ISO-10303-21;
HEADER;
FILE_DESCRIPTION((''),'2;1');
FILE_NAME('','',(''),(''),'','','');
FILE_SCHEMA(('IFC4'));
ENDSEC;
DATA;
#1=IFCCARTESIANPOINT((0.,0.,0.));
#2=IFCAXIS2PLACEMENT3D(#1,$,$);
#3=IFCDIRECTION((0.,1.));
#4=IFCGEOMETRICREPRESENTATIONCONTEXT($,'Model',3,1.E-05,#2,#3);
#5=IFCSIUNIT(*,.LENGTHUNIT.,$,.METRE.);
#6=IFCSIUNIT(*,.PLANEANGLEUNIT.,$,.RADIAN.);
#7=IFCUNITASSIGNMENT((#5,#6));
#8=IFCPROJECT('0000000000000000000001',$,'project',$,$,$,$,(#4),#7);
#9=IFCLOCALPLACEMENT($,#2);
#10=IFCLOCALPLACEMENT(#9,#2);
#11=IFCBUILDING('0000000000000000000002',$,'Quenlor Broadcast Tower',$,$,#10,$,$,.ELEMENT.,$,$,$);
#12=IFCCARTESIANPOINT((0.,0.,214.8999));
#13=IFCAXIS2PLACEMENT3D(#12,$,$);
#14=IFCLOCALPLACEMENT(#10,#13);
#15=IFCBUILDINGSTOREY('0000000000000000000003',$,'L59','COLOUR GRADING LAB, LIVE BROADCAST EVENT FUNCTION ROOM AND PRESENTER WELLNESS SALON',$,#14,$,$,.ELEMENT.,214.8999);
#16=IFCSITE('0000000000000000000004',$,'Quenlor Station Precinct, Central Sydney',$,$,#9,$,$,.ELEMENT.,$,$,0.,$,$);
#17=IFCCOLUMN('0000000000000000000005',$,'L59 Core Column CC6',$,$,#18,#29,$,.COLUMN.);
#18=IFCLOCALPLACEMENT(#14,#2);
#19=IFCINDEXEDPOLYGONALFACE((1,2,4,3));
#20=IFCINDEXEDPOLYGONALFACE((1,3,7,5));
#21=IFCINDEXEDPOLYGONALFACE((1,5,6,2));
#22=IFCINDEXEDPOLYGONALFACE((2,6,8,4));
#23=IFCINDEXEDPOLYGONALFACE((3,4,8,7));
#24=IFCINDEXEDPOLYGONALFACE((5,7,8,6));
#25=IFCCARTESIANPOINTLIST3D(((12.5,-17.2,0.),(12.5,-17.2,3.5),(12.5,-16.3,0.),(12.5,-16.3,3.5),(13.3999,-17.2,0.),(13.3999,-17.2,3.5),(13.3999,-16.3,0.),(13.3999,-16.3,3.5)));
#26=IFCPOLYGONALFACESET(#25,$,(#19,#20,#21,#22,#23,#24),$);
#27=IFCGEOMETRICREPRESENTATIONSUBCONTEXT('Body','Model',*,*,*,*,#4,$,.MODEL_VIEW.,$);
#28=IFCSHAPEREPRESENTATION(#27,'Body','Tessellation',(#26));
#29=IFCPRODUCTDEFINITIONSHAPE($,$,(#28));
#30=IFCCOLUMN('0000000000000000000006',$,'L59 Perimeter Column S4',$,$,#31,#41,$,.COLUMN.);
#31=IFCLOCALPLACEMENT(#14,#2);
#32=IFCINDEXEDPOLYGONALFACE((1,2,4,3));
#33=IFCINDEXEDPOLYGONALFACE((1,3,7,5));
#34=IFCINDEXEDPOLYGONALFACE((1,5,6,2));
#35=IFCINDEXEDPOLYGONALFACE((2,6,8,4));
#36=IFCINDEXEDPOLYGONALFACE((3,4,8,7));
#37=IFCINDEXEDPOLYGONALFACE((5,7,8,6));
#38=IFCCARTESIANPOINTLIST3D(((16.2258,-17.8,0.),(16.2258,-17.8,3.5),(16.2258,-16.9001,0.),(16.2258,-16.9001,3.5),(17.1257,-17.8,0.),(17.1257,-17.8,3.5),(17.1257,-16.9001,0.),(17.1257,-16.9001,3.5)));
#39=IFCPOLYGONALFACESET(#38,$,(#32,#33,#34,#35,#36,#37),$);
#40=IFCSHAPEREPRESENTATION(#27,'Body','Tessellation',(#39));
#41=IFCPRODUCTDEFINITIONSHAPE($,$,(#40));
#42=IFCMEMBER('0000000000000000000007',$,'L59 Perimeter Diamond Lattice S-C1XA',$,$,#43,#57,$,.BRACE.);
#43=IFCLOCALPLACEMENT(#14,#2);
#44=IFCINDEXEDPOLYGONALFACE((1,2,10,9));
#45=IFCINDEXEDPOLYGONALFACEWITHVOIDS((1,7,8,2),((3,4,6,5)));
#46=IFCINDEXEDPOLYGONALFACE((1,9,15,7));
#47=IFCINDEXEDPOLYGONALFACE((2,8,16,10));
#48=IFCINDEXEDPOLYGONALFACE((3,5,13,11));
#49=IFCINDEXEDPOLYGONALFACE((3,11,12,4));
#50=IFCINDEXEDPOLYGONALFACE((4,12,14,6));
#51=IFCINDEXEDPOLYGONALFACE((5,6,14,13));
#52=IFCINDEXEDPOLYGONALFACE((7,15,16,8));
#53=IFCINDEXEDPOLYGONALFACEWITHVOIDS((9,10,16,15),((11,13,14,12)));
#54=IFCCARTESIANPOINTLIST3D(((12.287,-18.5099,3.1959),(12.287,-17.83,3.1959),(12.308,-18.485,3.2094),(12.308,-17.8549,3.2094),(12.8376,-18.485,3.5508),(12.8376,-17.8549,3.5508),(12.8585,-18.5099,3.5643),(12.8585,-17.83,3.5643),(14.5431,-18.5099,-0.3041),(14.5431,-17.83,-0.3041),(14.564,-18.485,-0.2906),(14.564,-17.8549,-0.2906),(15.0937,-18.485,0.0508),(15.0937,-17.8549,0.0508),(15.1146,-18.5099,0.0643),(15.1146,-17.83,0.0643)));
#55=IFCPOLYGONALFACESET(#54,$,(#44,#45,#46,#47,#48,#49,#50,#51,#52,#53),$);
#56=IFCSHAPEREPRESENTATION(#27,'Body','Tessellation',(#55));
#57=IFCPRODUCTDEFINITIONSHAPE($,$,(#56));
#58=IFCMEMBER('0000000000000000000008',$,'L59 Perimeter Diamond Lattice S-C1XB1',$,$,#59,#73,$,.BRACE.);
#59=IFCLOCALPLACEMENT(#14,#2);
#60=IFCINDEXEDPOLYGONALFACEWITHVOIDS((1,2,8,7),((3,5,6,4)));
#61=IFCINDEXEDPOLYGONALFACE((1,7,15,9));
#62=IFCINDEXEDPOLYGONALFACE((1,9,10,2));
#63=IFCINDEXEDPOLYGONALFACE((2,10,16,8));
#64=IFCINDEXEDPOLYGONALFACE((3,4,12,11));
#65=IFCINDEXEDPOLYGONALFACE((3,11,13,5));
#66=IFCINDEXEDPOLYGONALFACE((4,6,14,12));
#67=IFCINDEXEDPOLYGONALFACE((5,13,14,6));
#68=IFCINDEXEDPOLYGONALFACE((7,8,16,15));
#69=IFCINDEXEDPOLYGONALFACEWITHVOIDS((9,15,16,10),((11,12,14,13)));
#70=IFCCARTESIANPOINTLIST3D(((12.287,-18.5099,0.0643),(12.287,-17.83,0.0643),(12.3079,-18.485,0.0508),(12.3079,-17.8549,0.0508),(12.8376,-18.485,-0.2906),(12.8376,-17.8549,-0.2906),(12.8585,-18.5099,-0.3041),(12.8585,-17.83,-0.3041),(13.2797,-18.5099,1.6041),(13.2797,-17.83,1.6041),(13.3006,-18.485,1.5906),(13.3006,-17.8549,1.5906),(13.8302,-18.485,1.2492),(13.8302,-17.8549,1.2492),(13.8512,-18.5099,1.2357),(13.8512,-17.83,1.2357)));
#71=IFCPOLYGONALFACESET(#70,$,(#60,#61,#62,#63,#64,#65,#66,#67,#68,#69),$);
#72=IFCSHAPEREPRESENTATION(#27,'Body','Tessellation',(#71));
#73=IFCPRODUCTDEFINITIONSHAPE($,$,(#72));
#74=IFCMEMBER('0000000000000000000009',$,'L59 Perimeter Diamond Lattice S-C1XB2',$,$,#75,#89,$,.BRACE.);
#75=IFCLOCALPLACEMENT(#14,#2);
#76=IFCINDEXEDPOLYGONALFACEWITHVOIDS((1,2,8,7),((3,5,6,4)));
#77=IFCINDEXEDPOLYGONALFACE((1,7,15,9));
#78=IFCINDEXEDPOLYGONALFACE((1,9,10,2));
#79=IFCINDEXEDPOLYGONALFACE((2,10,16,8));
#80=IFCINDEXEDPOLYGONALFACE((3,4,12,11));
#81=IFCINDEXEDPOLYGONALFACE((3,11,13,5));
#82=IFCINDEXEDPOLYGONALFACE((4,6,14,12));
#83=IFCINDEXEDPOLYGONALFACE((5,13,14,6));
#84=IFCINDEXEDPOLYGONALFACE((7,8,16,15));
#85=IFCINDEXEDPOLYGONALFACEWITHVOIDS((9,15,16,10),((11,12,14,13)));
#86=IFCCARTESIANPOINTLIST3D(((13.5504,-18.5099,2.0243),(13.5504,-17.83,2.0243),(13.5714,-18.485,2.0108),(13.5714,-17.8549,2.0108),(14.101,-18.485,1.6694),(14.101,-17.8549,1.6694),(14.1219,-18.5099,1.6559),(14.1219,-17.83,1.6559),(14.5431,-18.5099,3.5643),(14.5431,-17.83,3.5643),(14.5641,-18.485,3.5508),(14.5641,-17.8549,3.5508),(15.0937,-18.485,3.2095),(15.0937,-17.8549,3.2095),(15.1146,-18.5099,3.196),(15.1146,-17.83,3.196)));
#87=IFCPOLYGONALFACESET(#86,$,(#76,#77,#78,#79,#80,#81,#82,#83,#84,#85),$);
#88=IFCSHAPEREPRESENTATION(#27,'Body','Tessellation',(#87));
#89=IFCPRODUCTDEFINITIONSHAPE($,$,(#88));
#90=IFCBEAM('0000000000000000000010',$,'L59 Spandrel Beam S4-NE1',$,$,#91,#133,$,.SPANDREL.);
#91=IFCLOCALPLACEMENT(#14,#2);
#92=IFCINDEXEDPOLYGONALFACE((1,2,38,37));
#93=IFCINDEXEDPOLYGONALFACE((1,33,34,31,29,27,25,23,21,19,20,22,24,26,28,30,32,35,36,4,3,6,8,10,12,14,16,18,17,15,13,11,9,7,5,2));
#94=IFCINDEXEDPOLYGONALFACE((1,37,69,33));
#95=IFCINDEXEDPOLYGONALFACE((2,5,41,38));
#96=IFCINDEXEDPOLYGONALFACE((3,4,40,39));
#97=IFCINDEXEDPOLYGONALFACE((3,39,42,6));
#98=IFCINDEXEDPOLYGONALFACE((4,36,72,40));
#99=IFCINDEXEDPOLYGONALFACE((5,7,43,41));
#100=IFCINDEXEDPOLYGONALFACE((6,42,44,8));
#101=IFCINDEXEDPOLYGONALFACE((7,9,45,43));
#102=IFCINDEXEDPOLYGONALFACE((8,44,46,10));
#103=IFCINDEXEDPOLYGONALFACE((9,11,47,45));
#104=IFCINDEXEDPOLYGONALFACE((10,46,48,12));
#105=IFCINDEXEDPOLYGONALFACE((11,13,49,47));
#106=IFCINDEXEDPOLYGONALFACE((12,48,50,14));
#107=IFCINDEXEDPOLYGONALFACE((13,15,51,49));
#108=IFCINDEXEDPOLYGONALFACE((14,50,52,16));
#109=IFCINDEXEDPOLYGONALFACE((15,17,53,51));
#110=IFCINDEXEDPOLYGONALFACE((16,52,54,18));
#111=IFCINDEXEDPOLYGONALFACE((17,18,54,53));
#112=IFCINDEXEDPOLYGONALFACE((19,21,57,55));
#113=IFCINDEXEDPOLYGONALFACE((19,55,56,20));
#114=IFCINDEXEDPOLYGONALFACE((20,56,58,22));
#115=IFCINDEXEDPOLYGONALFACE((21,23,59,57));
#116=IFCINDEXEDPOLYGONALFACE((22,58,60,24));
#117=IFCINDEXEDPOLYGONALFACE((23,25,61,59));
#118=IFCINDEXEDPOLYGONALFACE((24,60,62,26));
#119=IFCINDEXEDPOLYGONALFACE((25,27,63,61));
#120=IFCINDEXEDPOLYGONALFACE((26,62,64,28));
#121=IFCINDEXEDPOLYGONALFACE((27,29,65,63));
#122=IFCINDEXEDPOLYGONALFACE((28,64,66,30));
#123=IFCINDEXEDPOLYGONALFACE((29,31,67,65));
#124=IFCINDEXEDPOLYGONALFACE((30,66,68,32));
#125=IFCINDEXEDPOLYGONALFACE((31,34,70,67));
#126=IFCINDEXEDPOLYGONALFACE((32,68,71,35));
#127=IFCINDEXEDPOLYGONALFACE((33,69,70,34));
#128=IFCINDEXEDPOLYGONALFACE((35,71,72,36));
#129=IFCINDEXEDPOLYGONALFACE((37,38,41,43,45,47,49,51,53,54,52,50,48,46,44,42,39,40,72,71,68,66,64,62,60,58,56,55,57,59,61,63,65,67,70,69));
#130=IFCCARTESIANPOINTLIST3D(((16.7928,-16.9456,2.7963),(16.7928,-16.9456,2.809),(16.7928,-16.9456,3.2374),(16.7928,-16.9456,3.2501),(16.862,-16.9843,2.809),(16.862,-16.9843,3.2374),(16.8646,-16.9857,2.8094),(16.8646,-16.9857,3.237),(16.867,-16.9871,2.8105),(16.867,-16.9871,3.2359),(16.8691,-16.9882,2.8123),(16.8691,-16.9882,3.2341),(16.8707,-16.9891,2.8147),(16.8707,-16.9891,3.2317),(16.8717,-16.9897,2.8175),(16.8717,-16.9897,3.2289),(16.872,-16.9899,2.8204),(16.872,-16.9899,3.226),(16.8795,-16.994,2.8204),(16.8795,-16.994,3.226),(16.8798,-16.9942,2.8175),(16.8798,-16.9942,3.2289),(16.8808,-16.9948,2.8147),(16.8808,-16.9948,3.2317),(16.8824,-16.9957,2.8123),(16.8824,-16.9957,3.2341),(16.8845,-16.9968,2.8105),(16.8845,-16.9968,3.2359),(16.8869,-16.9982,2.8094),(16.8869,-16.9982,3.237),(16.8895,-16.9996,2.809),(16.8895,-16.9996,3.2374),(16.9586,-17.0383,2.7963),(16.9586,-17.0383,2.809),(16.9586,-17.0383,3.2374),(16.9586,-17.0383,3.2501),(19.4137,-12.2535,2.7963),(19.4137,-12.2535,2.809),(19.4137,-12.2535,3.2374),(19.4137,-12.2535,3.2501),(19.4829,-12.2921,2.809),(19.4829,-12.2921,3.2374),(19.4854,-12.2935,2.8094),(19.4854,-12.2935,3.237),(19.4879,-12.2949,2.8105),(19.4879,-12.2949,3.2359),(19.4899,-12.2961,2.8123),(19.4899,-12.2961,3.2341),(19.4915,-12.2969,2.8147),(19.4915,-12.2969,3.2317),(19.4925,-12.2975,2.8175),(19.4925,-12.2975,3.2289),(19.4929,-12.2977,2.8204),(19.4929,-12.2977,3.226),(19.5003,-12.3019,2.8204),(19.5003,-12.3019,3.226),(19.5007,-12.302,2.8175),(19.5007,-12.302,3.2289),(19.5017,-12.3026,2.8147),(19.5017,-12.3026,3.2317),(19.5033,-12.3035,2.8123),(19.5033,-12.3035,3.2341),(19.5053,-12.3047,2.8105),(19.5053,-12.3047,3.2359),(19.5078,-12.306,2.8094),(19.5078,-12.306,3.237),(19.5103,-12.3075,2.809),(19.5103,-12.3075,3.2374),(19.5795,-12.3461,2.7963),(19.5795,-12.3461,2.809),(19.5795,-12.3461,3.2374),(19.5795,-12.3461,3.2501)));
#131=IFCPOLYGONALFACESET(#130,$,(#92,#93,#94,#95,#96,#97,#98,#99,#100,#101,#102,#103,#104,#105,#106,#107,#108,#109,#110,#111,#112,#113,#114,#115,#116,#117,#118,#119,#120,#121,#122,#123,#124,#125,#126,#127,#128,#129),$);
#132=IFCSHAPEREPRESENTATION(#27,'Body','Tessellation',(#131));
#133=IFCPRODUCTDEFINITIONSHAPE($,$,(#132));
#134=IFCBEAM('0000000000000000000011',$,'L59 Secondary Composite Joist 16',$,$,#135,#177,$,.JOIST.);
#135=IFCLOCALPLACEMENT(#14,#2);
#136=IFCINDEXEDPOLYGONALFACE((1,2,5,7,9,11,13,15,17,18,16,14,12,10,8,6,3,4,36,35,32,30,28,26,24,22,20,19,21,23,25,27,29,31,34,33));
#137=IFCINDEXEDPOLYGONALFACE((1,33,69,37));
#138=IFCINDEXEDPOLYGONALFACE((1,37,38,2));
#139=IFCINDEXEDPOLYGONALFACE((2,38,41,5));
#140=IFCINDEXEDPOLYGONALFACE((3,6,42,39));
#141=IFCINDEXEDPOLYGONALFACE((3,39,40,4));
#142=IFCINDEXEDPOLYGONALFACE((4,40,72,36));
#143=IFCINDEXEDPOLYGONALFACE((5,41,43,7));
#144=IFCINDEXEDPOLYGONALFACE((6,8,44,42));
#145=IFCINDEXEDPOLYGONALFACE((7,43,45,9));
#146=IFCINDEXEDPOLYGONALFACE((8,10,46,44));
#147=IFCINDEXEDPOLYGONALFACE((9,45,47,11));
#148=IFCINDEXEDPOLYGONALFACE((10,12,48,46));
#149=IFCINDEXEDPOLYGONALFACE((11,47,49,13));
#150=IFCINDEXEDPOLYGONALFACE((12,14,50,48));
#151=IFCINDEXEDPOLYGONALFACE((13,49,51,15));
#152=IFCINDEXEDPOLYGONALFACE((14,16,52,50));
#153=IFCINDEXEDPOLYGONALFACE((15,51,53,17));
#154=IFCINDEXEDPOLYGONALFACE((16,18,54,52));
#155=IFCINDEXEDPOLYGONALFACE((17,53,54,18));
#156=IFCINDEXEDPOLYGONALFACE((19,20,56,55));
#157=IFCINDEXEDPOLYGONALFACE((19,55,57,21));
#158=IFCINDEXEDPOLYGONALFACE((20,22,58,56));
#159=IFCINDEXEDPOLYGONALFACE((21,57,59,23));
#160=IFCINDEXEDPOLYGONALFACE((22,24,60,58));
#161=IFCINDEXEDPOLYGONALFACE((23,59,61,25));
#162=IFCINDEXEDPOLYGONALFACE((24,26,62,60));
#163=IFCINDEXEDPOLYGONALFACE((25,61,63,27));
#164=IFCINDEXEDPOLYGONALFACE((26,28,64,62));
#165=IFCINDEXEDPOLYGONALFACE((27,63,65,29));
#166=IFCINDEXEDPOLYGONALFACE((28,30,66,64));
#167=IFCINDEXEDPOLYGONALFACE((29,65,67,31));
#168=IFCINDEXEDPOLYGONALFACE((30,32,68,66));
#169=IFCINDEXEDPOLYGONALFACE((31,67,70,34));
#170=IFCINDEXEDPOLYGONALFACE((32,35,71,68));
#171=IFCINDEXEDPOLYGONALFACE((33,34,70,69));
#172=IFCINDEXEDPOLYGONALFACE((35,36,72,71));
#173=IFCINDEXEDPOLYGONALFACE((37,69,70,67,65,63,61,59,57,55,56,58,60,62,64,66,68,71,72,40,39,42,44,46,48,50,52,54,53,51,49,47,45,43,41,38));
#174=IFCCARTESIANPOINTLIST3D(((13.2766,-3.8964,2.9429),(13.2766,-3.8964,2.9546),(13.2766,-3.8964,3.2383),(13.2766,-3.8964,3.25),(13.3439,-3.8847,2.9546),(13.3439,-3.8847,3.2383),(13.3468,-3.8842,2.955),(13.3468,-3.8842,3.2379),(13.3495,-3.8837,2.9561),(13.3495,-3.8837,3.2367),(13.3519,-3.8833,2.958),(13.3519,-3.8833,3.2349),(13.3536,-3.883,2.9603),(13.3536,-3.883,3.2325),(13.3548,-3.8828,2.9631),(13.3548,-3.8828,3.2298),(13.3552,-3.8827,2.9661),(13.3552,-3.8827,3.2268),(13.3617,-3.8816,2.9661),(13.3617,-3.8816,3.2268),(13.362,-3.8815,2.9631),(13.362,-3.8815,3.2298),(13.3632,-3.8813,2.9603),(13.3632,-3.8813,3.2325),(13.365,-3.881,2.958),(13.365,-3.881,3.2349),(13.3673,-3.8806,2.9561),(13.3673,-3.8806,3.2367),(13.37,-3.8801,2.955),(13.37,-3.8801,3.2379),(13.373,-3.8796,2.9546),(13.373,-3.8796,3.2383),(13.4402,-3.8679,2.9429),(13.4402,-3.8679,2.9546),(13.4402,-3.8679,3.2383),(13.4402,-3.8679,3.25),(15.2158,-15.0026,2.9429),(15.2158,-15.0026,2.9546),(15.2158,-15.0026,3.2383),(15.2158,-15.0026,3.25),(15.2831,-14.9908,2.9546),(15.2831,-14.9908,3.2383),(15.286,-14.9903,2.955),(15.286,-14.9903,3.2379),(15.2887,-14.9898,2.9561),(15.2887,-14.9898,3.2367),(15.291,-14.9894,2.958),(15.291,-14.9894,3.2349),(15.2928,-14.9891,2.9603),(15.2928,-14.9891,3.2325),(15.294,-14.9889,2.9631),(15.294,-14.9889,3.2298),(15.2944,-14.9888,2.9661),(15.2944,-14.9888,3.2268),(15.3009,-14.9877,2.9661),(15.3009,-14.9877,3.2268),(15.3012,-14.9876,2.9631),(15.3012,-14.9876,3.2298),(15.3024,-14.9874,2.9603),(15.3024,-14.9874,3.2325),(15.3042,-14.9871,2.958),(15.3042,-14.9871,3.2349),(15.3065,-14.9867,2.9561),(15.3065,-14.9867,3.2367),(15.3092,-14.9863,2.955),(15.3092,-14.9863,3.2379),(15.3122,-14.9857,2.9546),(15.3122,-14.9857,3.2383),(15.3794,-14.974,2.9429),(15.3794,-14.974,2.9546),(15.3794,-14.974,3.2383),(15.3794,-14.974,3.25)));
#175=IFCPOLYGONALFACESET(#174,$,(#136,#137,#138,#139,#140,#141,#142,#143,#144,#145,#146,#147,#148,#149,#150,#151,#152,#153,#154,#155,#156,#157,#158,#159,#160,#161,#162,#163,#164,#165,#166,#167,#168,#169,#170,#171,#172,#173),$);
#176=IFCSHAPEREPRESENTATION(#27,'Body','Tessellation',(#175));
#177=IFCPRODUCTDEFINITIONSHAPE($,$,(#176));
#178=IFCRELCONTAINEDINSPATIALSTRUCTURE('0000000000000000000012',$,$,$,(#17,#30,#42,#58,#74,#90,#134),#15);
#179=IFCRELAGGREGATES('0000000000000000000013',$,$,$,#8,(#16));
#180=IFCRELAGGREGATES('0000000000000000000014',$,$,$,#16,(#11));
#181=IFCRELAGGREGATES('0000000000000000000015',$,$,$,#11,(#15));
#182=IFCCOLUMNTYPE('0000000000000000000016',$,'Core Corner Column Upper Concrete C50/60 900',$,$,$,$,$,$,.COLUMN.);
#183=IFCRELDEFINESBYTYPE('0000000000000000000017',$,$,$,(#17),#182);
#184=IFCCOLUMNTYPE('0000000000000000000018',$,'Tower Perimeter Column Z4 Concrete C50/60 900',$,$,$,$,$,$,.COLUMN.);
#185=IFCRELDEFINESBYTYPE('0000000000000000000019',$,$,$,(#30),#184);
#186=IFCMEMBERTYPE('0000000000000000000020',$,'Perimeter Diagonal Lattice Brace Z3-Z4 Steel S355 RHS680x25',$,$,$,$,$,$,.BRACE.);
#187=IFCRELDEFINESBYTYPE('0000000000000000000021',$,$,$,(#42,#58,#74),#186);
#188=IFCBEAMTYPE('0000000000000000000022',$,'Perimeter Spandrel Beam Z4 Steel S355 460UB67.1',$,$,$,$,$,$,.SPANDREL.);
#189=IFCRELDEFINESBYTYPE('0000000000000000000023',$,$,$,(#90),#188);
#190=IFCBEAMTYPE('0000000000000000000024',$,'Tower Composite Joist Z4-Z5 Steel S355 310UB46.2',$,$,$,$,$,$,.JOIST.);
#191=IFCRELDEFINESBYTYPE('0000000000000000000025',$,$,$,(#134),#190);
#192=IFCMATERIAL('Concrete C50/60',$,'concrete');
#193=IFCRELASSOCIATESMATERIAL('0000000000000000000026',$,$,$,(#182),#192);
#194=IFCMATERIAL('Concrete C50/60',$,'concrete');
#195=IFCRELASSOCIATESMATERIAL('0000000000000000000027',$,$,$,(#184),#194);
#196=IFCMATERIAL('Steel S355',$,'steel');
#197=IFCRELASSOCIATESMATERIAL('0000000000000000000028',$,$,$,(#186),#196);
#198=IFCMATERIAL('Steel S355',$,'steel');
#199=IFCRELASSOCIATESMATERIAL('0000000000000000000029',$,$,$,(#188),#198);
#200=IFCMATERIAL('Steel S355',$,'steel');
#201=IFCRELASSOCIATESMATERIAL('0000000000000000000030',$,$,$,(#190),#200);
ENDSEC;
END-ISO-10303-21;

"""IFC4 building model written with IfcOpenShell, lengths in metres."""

from ifc_helpers import new_model, si_unit, direction, frame, origin, origin_2d, place, context, subcontext, project, spatial, rectangle, hollow_rectangle, i_section, extrude, material, material_profile, profile_set, type_object, element, save


model = new_model("IFC4")

# Units and contexts
model_context = context("Model", 3, precision=1e-05, world=origin(), true_north=direction((0.0, 1.0)))
body_context = subcontext(model_context, "Body", "Model", "MODEL_VIEW")
ifc_project = project(units=[si_unit("LENGTHUNIT", "METRE"), si_unit("PLANEANGLEUNIT", "RADIAN")], contexts=[model_context])

# Site, building, storey
site_placement = place(None, origin())
site = spatial("IfcSite", under=ifc_project, at=site_placement, Name="Quenlor Station Precinct, Central Sydney", CompositionType="ELEMENT", RefElevation=0.0)
building_placement = place(site_placement, origin())
building = spatial("IfcBuilding", under=site, at=building_placement, Name="Quenlor Broadcast Tower", CompositionType="ELEMENT")
storey_placement = place(building_placement, frame((0.0, 0.0, 214.8999)))
storey = spatial("IfcBuildingStorey", under=building, at=storey_placement, Name="L59", Description="COLOUR GRADING LAB, LIVE BROADCAST EVENT FUNCTION ROOM AND PRESENTER WELLNESS SALON", CompositionType="ELEMENT", Elevation=214.8999)

# Columns
ifc_material_1 = material(Name="Concrete C50/60", Category="concrete")
ifc_material_profile_1 = material_profile(ifc_material_1, rectangle(XDim=0.8999, YDim=0.8999, at=origin_2d()))
ifc_profile_set_1 = profile_set([ifc_material_profile_1], Name="Concrete C50/60 RC900x900")
column_type_1 = type_object("IfcColumnType", Name="Core Corner Column Upper Concrete C50/60 900", PredefinedType="COLUMN", material=ifc_profile_set_1)
column_1_placement = place(storey_placement, frame((12.95, -16.75, 0.0), z_axis=(0.0, 0.0, 1.0), x_axis=(1.0, 0.0, 0.0)))
element("IfcColumn", 1, at=column_1_placement, inside=storey, type_object=column_type_1, Name="L59 Core Column CC6", PredefinedType="COLUMN", context=body_context, shape_type="SweptSolid", body=[
    extrude(rectangle(XDim=0.8999, YDim=0.8999, at=origin_2d()), origin(), (0.0, 0.0, 1.0), 3.5),
])
ifc_material_2 = material(Name="Concrete C50/60", Category="concrete")
ifc_material_profile_2 = material_profile(ifc_material_2, rectangle(XDim=0.8999, YDim=0.8999, at=origin_2d()))
ifc_profile_set_2 = profile_set([ifc_material_profile_2], Name="Concrete C50/60 RC900x900")
column_type_2 = type_object("IfcColumnType", Name="Tower Perimeter Column Z4 Concrete C50/60 900", PredefinedType="COLUMN", material=ifc_profile_set_2)
column_2_placement = place(storey_placement, frame((16.6758, -17.3501, 0.0), z_axis=(0.0, 0.0, 1.0), x_axis=(0.0, 1.0, 0.0)))
element("IfcColumn", 2, at=column_2_placement, inside=storey, type_object=column_type_2, Name="L59 Perimeter Column S4", PredefinedType="COLUMN", context=body_context, shape_type="SweptSolid", body=[
    extrude(rectangle(XDim=0.8999, YDim=0.8999, at=origin_2d()), origin(), (0.0, 0.0, 1.0), 3.5),
])

# Members
ifc_material_3 = material(Name="Steel S355", Category="steel")
ifc_material_profile_3 = material_profile(ifc_material_3, hollow_rectangle(XDim=0.6799, YDim=0.6799, WallThickness=0.0249, at=origin_2d()))
ifc_profile_set_3 = profile_set([ifc_material_profile_3], Name="Steel S355 RHS680x680x25")
member_type = type_object("IfcMemberType", Name="Perimeter Diagonal Lattice Brace Z3-Z4 Steel S355 RHS680x25", PredefinedType="BRACE", material=ifc_profile_set_3)
member_1_placement = place(storey_placement, frame((14.8289, -18.1699, -0.1199), z_axis=(-0.541794, 0.0, 0.840511), x_axis=(0.0, -1.0, 0.0)))
element("IfcMember", 3, at=member_1_placement, inside=storey, type_object=member_type, Name="L59 Perimeter Diamond Lattice S-C1XA", PredefinedType="BRACE", context=body_context, shape_type="SweptSolid", body=[
    extrude(hollow_rectangle(XDim=0.6799, YDim=0.6799, WallThickness=0.0249, at=origin_2d()), origin(), (0.0, 0.0, 1.0), 4.1641),
])
member_2_placement = place(storey_placement, frame((12.5728, -18.1699, -0.1199), z_axis=(0.541842, 0.0, 0.840481), x_axis=(0.0, 1.0, 0.0)))
element("IfcMember", 4, at=member_2_placement, inside=storey, type_object=member_type, Name="L59 Perimeter Diamond Lattice S-C1XB1", PredefinedType="BRACE", context=body_context, shape_type="SweptSolid", body=[
    extrude(hollow_rectangle(XDim=0.6799, YDim=0.6799, WallThickness=0.0249, at=origin_2d()), origin(), (0.0, 0.0, 1.0), 1.832),
])
member_3_placement = place(storey_placement, frame((13.8362, -18.1699, 1.8401), z_axis=(0.541781, 0.0, 0.84052), x_axis=(0.0, 1.0, 0.0)))
element("IfcMember", 5, at=member_3_placement, inside=storey, type_object=member_type, Name="L59 Perimeter Diamond Lattice S-C1XB2", PredefinedType="BRACE", context=body_context, shape_type="SweptSolid", body=[
    extrude(hollow_rectangle(XDim=0.6799, YDim=0.6799, WallThickness=0.0249, at=origin_2d()), origin(), (0.0, 0.0, 1.0), 1.8323),
])

# Beams
ifc_material_4 = material(Name="Steel S355", Category="steel")
ifc_material_profile_4 = material_profile(ifc_material_4, i_section(OverallWidth=0.1899, OverallDepth=0.4539, WebThickness=0.0085, FlangeThickness=0.0127, FilletRadius=0.0115, at=origin_2d()))
ifc_profile_set_4 = profile_set([ifc_material_profile_4], Name="Steel S355 460UB67.1")
beam_type_1 = type_object("IfcBeamType", Name="Perimeter Spandrel Beam Z4 Steel S355 460UB67.1", PredefinedType="SPANDREL", material=ifc_profile_set_4)
beam_1_placement = place(storey_placement, frame((16.8757, -16.9919, 3.0232), z_axis=(0.487647, 0.873041, 0.0), x_axis=(-0.873041, 0.487647, 0.0)))
element("IfcBeam", 6, at=beam_1_placement, inside=storey, type_object=beam_type_1, Name="L59 Spandrel Beam S4-NE1", PredefinedType="SPANDREL", context=body_context, shape_type="SweptSolid", body=[
    extrude(i_section(OverallWidth=0.1899, OverallDepth=0.4539, WebThickness=0.0085, FlangeThickness=0.0127, FilletRadius=0.0115, at=origin_2d()), origin(), (0.0, 0.0, 1.0), 5.3745),
])
ifc_material_5 = material(Name="Steel S355", Category="steel")
ifc_material_profile_5 = material_profile(ifc_material_5, i_section(OverallWidth=0.166, OverallDepth=0.3071, WebThickness=0.0066, FlangeThickness=0.0117, FilletRadius=0.0115, at=origin_2d()))
ifc_profile_set_5 = profile_set([ifc_material_profile_5], Name="Steel S355 310UB46.2")
beam_type_2 = type_object("IfcBeamType", Name="Tower Composite Joist Z4-Z5 Steel S355 310UB46.2", PredefinedType="JOIST", material=ifc_profile_set_5)
beam_2_placement = place(storey_placement, frame((15.2976, -14.9883, 3.0964), z_axis=(-0.172004, 0.985096, 0.0), x_axis=(-0.985096, -0.172004, 0.0)))
element("IfcBeam", 7, at=beam_2_placement, inside=storey, type_object=beam_type_2, Name="L59 Secondary Composite Joist 16", PredefinedType="JOIST", context=body_context, shape_type="SweptSolid", body=[
    extrude(i_section(OverallWidth=0.166, OverallDepth=0.3071, WebThickness=0.0066, FlangeThickness=0.0117, FilletRadius=0.0115, at=origin_2d()), origin(), (0.0, 0.0, 1.0), 11.2742),
])

save(model, "model.ifc")
